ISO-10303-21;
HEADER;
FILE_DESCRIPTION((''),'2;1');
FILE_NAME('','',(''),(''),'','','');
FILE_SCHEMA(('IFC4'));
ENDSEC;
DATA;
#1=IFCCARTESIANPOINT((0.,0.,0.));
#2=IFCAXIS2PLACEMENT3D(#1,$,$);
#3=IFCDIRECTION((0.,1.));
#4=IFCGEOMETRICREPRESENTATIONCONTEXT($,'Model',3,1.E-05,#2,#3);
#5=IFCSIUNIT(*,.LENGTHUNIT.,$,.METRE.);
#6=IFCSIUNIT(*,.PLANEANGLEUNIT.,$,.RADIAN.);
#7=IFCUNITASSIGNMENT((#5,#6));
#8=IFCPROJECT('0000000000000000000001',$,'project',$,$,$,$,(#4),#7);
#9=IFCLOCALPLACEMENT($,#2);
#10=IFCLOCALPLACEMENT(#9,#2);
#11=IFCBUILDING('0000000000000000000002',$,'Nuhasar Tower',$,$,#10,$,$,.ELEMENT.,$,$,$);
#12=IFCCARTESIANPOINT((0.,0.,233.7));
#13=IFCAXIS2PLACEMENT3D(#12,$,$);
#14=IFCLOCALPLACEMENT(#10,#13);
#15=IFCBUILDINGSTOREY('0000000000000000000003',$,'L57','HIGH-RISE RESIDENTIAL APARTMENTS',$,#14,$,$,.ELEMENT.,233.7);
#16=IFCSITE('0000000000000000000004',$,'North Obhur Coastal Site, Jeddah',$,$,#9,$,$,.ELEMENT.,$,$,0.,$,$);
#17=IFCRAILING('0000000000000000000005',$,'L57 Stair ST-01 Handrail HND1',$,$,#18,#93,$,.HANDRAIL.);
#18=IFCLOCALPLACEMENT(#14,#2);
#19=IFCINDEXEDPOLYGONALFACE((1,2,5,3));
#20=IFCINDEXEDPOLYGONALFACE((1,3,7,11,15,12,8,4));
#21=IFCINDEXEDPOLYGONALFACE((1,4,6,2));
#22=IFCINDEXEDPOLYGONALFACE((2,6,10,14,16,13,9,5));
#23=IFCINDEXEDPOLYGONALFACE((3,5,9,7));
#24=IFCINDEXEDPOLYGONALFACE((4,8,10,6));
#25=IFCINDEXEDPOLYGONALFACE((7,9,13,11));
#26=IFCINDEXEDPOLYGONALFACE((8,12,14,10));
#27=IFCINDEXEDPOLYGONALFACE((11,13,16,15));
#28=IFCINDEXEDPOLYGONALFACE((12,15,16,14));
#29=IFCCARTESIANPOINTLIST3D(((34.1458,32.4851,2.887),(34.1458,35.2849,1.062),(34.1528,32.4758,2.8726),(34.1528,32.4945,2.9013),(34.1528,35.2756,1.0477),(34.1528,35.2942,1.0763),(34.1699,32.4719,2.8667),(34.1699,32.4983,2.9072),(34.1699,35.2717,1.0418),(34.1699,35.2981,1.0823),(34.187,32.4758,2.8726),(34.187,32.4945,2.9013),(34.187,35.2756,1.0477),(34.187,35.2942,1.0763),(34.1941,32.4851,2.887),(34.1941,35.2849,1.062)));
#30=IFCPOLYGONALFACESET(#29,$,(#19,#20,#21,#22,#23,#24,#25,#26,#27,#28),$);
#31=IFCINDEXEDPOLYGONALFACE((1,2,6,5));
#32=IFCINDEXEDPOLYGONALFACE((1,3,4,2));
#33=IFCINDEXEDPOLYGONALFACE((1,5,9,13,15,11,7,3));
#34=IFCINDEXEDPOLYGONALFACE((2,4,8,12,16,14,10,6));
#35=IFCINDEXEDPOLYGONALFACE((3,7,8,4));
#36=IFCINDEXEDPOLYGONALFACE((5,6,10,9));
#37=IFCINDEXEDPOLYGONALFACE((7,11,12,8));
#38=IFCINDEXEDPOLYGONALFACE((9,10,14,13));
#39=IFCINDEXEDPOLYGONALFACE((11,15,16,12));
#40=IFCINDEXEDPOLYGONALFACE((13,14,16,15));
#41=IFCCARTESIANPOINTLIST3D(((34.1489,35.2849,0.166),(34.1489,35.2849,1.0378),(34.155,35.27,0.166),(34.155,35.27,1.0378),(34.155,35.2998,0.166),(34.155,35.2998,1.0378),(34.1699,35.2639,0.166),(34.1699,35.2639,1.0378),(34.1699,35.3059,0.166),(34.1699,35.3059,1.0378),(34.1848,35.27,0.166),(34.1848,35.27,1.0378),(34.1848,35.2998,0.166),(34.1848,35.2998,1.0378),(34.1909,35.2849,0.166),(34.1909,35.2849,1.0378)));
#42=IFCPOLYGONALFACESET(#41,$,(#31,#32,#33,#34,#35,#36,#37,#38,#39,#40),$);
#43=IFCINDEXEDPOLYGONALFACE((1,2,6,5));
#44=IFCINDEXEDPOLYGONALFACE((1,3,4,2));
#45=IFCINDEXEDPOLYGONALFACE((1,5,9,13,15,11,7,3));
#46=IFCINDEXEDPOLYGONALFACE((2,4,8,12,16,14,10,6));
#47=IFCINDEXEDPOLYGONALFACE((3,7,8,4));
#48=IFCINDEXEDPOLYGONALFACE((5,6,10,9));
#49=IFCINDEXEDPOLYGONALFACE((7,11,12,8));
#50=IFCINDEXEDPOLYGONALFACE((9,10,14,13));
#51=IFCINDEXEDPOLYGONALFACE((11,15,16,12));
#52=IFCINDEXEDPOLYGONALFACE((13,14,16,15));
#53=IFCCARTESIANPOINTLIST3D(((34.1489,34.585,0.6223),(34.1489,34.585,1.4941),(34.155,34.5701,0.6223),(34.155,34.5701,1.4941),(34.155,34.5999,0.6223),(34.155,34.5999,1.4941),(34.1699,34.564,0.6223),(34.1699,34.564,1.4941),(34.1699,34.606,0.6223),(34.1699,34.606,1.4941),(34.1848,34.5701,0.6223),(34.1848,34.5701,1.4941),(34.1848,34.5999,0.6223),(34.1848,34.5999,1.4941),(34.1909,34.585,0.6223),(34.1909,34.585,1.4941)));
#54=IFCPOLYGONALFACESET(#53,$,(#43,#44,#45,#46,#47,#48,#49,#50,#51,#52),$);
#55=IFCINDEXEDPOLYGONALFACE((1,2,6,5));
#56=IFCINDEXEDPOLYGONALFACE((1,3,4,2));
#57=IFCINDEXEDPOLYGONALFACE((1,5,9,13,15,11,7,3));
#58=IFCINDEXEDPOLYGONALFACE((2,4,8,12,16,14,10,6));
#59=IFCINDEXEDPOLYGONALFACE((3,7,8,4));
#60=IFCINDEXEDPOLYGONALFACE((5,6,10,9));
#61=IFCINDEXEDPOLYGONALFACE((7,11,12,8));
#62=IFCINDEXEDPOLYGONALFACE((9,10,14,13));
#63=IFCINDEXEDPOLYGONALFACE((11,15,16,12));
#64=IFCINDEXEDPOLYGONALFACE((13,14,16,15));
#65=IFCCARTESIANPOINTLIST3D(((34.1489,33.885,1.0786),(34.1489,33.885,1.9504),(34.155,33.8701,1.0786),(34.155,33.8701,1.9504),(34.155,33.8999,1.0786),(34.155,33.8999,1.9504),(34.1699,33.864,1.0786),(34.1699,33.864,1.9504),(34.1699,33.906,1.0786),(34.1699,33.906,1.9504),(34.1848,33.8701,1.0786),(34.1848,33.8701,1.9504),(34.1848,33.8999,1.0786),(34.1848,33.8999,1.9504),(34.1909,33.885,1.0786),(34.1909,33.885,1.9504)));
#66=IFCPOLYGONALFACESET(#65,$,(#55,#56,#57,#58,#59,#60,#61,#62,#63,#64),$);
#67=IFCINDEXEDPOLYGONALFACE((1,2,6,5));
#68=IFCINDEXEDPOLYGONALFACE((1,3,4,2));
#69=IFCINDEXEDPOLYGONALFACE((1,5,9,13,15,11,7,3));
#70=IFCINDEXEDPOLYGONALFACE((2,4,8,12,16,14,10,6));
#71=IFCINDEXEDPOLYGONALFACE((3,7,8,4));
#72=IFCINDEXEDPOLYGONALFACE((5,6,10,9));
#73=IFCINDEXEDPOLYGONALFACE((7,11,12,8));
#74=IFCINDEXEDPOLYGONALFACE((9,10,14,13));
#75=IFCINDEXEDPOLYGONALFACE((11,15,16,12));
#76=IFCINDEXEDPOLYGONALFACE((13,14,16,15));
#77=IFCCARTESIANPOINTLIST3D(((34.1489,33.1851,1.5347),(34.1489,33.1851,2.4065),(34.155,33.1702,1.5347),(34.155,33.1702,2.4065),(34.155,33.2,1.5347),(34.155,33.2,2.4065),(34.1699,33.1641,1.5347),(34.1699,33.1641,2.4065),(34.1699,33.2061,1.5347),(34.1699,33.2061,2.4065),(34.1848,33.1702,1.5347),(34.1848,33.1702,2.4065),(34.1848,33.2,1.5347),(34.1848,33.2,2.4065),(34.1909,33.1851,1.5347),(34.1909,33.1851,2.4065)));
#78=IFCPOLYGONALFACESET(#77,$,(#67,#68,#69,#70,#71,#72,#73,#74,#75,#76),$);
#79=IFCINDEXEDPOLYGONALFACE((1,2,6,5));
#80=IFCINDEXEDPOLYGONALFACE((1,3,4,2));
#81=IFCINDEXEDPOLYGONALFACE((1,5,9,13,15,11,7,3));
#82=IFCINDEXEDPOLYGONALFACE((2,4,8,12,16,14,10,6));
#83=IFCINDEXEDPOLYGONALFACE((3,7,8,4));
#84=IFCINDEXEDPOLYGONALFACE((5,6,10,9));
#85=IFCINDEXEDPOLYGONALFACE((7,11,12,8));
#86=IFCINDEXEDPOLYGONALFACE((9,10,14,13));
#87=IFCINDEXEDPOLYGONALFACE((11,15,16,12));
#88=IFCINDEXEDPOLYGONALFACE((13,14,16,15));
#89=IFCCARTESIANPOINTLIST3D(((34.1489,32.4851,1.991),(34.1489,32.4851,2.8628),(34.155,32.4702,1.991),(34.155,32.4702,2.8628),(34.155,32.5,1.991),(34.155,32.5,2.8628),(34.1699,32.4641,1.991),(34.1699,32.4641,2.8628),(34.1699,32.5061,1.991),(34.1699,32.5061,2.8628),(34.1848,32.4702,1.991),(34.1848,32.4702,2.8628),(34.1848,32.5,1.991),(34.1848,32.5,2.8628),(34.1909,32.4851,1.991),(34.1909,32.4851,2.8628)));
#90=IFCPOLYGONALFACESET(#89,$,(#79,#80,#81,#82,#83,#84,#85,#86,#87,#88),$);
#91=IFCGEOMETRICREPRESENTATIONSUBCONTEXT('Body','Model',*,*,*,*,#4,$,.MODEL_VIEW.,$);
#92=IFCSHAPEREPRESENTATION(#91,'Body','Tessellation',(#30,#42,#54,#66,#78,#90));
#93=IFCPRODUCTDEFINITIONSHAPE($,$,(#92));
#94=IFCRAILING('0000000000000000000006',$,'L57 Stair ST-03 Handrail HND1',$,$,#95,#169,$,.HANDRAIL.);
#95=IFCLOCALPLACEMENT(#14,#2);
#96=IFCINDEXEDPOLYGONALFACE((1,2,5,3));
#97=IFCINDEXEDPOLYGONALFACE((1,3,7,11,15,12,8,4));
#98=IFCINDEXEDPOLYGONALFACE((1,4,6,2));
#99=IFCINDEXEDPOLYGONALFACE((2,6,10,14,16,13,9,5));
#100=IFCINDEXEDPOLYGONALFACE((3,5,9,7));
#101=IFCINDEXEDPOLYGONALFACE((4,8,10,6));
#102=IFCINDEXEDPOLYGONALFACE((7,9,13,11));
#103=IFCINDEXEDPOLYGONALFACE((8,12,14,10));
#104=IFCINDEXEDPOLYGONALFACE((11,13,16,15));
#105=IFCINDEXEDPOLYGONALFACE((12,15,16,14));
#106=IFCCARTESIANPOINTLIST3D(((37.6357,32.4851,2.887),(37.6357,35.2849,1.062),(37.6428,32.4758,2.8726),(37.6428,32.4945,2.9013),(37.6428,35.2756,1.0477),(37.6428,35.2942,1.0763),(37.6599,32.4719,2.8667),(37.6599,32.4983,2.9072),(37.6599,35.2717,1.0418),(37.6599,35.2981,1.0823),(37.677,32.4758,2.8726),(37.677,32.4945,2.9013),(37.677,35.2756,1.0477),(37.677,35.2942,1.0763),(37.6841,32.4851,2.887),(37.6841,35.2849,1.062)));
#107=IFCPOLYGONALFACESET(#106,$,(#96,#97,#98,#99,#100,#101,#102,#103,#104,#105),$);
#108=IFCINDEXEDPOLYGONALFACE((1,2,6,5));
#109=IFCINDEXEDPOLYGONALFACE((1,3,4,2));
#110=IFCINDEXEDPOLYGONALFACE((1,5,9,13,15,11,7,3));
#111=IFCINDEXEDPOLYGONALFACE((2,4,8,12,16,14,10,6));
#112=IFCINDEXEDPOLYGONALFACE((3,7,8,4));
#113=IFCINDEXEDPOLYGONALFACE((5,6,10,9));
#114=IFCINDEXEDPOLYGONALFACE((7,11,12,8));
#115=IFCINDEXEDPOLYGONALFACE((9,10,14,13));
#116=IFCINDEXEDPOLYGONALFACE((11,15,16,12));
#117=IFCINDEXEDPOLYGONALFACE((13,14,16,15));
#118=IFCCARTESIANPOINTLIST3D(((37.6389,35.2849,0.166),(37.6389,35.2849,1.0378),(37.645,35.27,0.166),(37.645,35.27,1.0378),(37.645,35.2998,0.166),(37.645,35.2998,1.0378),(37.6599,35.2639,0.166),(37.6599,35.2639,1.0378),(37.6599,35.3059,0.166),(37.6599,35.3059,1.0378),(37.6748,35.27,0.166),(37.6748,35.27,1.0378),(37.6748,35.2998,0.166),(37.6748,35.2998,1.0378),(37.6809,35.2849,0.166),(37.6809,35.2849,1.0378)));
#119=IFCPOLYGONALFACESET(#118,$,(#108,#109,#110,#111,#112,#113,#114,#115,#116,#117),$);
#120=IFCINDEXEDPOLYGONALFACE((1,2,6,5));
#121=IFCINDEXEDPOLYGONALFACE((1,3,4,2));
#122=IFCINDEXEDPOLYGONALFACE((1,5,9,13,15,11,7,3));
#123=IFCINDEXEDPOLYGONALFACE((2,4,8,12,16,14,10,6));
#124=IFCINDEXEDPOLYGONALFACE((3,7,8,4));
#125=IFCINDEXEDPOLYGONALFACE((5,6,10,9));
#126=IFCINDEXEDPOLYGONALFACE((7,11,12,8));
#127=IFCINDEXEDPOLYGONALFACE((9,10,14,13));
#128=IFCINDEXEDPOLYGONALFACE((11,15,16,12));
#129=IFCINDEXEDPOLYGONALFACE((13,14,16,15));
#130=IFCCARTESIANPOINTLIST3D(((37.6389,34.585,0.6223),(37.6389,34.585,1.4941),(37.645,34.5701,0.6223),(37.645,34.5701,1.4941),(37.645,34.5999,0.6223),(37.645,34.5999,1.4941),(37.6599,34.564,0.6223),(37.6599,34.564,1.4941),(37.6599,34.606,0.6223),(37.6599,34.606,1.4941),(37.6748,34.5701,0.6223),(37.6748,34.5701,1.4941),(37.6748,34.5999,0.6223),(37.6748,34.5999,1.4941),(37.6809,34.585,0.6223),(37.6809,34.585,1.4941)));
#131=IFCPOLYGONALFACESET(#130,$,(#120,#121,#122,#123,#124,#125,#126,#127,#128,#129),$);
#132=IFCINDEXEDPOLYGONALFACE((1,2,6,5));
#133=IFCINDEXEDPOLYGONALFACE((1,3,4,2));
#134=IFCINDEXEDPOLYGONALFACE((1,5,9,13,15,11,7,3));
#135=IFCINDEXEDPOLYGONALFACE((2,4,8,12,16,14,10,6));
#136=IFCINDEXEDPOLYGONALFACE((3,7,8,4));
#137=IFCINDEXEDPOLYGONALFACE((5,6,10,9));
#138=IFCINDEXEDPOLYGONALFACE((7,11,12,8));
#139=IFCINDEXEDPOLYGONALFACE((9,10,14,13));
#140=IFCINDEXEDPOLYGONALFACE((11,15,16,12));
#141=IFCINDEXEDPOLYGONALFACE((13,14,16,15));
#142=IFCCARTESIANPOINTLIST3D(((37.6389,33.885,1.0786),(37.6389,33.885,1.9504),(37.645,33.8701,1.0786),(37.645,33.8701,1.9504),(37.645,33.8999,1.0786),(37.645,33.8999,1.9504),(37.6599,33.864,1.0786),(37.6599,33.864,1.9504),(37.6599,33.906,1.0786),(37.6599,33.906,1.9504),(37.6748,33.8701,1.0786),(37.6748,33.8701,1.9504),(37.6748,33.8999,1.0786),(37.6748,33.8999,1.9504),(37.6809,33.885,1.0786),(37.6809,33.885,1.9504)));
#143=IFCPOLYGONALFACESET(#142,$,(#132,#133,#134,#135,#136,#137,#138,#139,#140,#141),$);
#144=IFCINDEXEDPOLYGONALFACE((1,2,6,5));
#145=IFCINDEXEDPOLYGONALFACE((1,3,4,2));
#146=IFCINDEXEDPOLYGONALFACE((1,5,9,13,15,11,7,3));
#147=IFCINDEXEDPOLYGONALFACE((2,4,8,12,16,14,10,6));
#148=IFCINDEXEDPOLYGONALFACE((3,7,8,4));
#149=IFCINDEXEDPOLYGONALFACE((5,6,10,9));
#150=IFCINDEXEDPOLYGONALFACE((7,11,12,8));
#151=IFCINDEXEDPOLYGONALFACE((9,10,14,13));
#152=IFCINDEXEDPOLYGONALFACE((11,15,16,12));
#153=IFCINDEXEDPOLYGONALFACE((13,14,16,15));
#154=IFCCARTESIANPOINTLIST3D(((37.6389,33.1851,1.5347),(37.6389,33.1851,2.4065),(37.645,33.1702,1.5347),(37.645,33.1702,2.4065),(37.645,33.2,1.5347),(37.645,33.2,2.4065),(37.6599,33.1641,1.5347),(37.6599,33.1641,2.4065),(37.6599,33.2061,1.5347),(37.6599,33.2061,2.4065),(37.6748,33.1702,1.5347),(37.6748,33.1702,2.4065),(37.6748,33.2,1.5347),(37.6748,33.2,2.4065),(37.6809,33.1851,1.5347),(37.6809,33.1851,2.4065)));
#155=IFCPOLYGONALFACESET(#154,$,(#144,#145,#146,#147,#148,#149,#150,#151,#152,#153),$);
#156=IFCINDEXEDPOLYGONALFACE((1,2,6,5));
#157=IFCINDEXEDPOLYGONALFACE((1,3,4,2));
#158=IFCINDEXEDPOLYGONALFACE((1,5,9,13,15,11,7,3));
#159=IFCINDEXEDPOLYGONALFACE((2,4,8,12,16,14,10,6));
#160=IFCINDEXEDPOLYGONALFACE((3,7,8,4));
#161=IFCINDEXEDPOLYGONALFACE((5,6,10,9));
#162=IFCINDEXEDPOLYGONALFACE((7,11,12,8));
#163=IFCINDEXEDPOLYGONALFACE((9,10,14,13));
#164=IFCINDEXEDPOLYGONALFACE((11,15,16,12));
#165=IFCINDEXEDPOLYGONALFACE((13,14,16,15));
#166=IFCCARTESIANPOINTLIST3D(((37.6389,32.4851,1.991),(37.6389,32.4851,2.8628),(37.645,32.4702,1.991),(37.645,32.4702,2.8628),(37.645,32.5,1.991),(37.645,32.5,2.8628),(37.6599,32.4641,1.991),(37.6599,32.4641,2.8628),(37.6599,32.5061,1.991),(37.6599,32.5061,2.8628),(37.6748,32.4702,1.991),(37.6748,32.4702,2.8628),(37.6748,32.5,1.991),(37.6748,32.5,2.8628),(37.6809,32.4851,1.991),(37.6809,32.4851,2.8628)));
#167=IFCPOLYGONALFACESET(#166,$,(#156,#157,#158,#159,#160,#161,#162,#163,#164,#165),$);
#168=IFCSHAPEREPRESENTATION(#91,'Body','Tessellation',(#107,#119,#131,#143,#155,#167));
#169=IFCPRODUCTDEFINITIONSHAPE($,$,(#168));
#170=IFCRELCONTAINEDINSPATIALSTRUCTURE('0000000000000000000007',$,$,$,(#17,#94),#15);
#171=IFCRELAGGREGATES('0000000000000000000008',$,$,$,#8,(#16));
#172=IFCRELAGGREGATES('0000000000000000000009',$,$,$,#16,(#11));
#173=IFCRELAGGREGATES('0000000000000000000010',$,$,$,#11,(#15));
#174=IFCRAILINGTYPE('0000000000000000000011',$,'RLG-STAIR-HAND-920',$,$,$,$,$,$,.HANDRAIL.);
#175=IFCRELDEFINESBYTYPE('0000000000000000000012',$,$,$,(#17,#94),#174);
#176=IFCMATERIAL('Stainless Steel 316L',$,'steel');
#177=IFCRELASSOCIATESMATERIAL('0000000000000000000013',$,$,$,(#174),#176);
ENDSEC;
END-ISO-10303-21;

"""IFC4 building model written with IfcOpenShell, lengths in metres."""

from ifc_helpers import new_model, si_unit, direction, frame, origin, place, context, subcontext, project, spatial, polyline, outline, extrude, material, type_object, element, save


model = new_model("IFC4")

# Units and contexts
model_context = context("Model", 3, precision=1e-05, world=origin(), true_north=direction((0.0, 1.0)))
body_context = subcontext(model_context, "Body", "Model", "MODEL_VIEW")
ifc_project = project(units=[si_unit("LENGTHUNIT", "METRE"), si_unit("PLANEANGLEUNIT", "RADIAN")], contexts=[model_context])

# Site, building, storey
site_placement = place(None, origin())
site = spatial("IfcSite", under=ifc_project, at=site_placement, Name="North Obhur Coastal Site, Jeddah", CompositionType="ELEMENT", RefElevation=0.0)
building_placement = place(site_placement, origin())
building = spatial("IfcBuilding", under=site, at=building_placement, Name="Nuhasar Tower", CompositionType="ELEMENT")
storey_placement = place(building_placement, frame((0.0, 0.0, 233.7)))
storey = spatial("IfcBuildingStorey", under=building, at=storey_placement, Name="L57", Description="HIGH-RISE RESIDENTIAL APARTMENTS", CompositionType="ELEMENT", Elevation=233.7)

# Railings
ifc_material_1 = material(Name="Stainless Steel 316L", Category="steel")
railing_type_1 = type_object("IfcRailingType", Name="RLG-STAIR-HAND-920", PredefinedType="HANDRAIL", material=ifc_material_1)
railing_1_placement = place(storey_placement, frame((34.1699, 35.2849, 0.166)))
element("IfcRailing", 1, at=railing_1_placement, inside=storey, type_object=railing_type_1, Name="L57 Stair ST-01 Handrail HND1", PredefinedType="HANDRAIL", context=body_context, shape_type="SweptSolid", body=[
    extrude(outline(polyline([(0.0242, 0.0), (0.0171, 0.0171), (0.0, 0.0242), (-0.0171, 0.0171), (-0.0242, 0.0), (-0.0171, -0.0171), (0.0, -0.0242), (0.0171, -0.0171), (0.0242, 0.0)])), frame((0.0, 0.0, 0.896), z_axis=(0.0, -0.837749, 0.546056), x_axis=(1.0, 0.0, 0.0)), (0.0, 0.0, 1.0), 3.342),
    extrude(outline(polyline([(0.021, 0.0), (0.0149, 0.0149), (0.0, 0.021), (-0.0149, 0.0149), (-0.021, 0.0), (-0.0149, -0.0149), (0.0, -0.021), (0.0149, -0.0149), (0.021, 0.0)])), origin(), (0.0, 0.0, 1.0), 0.8718),
    extrude(outline(polyline([(0.021, 0.0), (0.0149, 0.0149), (0.0, 0.021), (-0.0149, 0.0149), (-0.021, 0.0), (-0.0149, -0.0149), (0.0, -0.021), (0.0149, -0.0149), (0.021, 0.0)])), frame((0.0, -0.7, 0.4563)), (0.0, 0.0, 1.0), 0.8718),
    extrude(outline(polyline([(0.021, 0.0), (0.0149, 0.0149), (0.0, 0.021), (-0.0149, 0.0149), (-0.021, 0.0), (-0.0149, -0.0149), (0.0, -0.021), (0.0149, -0.0149), (0.021, 0.0)])), frame((0.0, -1.3999, 0.9126)), (0.0, 0.0, 1.0), 0.8718),
    extrude(outline(polyline([(0.021, 0.0), (0.0149, 0.0149), (0.0, 0.021), (-0.0149, 0.0149), (-0.021, 0.0), (-0.0149, -0.0149), (0.0, -0.021), (0.0149, -0.0149), (0.021, 0.0)])), frame((0.0, -2.0999, 1.3687)), (0.0, 0.0, 1.0), 0.8718),
    extrude(outline(polyline([(0.021, 0.0), (0.0149, 0.0149), (0.0, 0.021), (-0.0149, 0.0149), (-0.021, 0.0), (-0.0149, -0.0149), (0.0, -0.021), (0.0149, -0.0149), (0.021, 0.0)])), frame((0.0, -2.7998, 1.825)), (0.0, 0.0, 1.0), 0.8718),
])
railing_2_placement = place(storey_placement, frame((37.6599, 35.2849, 0.166)))
element("IfcRailing", 2, at=railing_2_placement, inside=storey, type_object=railing_type_1, Name="L57 Stair ST-03 Handrail HND1", PredefinedType="HANDRAIL", context=body_context, shape_type="SweptSolid", body=[
    extrude(outline(polyline([(0.0242, 0.0), (0.0171, 0.0171), (0.0, 0.0242), (-0.0171, 0.0171), (-0.0242, 0.0), (-0.0171, -0.0171), (0.0, -0.0242), (0.0171, -0.0171), (0.0242, 0.0)])), frame((0.0, 0.0, 0.896), z_axis=(0.0, -0.837749, 0.546056), x_axis=(1.0, 0.0, 0.0)), (0.0, 0.0, 1.0), 3.342),
    extrude(outline(polyline([(0.021, 0.0), (0.0149, 0.0149), (0.0, 0.021), (-0.0149, 0.0149), (-0.021, 0.0), (-0.0149, -0.0149), (0.0, -0.021), (0.0149, -0.0149), (0.021, 0.0)])), origin(), (0.0, 0.0, 1.0), 0.8718),
    extrude(outline(polyline([(0.021, 0.0), (0.0149, 0.0149), (0.0, 0.021), (-0.0149, 0.0149), (-0.021, 0.0), (-0.0149, -0.0149), (0.0, -0.021), (0.0149, -0.0149), (0.021, 0.0)])), frame((0.0, -0.7, 0.4563)), (0.0, 0.0, 1.0), 0.8718),
    extrude(outline(polyline([(0.021, 0.0), (0.0149, 0.0149), (0.0, 0.021), (-0.0149, 0.0149), (-0.021, 0.0), (-0.0149, -0.0149), (0.0, -0.021), (0.0149, -0.0149), (0.021, 0.0)])), frame((0.0, -1.3999, 0.9126)), (0.0, 0.0, 1.0), 0.8718),
    extrude(outline(polyline([(0.021, 0.0), (0.0149, 0.0149), (0.0, 0.021), (-0.0149, 0.0149), (-0.021, 0.0), (-0.0149, -0.0149), (0.0, -0.021), (0.0149, -0.0149), (0.021, 0.0)])), frame((0.0, -2.0999, 1.3687)), (0.0, 0.0, 1.0), 0.8718),
    extrude(outline(polyline([(0.021, 0.0), (0.0149, 0.0149), (0.0, 0.021), (-0.0149, 0.0149), (-0.021, 0.0), (-0.0149, -0.0149), (0.0, -0.021), (0.0149, -0.0149), (0.021, 0.0)])), frame((0.0, -2.7998, 1.825)), (0.0, 0.0, 1.0), 0.8718),
])

save(model, "model.ifc")
